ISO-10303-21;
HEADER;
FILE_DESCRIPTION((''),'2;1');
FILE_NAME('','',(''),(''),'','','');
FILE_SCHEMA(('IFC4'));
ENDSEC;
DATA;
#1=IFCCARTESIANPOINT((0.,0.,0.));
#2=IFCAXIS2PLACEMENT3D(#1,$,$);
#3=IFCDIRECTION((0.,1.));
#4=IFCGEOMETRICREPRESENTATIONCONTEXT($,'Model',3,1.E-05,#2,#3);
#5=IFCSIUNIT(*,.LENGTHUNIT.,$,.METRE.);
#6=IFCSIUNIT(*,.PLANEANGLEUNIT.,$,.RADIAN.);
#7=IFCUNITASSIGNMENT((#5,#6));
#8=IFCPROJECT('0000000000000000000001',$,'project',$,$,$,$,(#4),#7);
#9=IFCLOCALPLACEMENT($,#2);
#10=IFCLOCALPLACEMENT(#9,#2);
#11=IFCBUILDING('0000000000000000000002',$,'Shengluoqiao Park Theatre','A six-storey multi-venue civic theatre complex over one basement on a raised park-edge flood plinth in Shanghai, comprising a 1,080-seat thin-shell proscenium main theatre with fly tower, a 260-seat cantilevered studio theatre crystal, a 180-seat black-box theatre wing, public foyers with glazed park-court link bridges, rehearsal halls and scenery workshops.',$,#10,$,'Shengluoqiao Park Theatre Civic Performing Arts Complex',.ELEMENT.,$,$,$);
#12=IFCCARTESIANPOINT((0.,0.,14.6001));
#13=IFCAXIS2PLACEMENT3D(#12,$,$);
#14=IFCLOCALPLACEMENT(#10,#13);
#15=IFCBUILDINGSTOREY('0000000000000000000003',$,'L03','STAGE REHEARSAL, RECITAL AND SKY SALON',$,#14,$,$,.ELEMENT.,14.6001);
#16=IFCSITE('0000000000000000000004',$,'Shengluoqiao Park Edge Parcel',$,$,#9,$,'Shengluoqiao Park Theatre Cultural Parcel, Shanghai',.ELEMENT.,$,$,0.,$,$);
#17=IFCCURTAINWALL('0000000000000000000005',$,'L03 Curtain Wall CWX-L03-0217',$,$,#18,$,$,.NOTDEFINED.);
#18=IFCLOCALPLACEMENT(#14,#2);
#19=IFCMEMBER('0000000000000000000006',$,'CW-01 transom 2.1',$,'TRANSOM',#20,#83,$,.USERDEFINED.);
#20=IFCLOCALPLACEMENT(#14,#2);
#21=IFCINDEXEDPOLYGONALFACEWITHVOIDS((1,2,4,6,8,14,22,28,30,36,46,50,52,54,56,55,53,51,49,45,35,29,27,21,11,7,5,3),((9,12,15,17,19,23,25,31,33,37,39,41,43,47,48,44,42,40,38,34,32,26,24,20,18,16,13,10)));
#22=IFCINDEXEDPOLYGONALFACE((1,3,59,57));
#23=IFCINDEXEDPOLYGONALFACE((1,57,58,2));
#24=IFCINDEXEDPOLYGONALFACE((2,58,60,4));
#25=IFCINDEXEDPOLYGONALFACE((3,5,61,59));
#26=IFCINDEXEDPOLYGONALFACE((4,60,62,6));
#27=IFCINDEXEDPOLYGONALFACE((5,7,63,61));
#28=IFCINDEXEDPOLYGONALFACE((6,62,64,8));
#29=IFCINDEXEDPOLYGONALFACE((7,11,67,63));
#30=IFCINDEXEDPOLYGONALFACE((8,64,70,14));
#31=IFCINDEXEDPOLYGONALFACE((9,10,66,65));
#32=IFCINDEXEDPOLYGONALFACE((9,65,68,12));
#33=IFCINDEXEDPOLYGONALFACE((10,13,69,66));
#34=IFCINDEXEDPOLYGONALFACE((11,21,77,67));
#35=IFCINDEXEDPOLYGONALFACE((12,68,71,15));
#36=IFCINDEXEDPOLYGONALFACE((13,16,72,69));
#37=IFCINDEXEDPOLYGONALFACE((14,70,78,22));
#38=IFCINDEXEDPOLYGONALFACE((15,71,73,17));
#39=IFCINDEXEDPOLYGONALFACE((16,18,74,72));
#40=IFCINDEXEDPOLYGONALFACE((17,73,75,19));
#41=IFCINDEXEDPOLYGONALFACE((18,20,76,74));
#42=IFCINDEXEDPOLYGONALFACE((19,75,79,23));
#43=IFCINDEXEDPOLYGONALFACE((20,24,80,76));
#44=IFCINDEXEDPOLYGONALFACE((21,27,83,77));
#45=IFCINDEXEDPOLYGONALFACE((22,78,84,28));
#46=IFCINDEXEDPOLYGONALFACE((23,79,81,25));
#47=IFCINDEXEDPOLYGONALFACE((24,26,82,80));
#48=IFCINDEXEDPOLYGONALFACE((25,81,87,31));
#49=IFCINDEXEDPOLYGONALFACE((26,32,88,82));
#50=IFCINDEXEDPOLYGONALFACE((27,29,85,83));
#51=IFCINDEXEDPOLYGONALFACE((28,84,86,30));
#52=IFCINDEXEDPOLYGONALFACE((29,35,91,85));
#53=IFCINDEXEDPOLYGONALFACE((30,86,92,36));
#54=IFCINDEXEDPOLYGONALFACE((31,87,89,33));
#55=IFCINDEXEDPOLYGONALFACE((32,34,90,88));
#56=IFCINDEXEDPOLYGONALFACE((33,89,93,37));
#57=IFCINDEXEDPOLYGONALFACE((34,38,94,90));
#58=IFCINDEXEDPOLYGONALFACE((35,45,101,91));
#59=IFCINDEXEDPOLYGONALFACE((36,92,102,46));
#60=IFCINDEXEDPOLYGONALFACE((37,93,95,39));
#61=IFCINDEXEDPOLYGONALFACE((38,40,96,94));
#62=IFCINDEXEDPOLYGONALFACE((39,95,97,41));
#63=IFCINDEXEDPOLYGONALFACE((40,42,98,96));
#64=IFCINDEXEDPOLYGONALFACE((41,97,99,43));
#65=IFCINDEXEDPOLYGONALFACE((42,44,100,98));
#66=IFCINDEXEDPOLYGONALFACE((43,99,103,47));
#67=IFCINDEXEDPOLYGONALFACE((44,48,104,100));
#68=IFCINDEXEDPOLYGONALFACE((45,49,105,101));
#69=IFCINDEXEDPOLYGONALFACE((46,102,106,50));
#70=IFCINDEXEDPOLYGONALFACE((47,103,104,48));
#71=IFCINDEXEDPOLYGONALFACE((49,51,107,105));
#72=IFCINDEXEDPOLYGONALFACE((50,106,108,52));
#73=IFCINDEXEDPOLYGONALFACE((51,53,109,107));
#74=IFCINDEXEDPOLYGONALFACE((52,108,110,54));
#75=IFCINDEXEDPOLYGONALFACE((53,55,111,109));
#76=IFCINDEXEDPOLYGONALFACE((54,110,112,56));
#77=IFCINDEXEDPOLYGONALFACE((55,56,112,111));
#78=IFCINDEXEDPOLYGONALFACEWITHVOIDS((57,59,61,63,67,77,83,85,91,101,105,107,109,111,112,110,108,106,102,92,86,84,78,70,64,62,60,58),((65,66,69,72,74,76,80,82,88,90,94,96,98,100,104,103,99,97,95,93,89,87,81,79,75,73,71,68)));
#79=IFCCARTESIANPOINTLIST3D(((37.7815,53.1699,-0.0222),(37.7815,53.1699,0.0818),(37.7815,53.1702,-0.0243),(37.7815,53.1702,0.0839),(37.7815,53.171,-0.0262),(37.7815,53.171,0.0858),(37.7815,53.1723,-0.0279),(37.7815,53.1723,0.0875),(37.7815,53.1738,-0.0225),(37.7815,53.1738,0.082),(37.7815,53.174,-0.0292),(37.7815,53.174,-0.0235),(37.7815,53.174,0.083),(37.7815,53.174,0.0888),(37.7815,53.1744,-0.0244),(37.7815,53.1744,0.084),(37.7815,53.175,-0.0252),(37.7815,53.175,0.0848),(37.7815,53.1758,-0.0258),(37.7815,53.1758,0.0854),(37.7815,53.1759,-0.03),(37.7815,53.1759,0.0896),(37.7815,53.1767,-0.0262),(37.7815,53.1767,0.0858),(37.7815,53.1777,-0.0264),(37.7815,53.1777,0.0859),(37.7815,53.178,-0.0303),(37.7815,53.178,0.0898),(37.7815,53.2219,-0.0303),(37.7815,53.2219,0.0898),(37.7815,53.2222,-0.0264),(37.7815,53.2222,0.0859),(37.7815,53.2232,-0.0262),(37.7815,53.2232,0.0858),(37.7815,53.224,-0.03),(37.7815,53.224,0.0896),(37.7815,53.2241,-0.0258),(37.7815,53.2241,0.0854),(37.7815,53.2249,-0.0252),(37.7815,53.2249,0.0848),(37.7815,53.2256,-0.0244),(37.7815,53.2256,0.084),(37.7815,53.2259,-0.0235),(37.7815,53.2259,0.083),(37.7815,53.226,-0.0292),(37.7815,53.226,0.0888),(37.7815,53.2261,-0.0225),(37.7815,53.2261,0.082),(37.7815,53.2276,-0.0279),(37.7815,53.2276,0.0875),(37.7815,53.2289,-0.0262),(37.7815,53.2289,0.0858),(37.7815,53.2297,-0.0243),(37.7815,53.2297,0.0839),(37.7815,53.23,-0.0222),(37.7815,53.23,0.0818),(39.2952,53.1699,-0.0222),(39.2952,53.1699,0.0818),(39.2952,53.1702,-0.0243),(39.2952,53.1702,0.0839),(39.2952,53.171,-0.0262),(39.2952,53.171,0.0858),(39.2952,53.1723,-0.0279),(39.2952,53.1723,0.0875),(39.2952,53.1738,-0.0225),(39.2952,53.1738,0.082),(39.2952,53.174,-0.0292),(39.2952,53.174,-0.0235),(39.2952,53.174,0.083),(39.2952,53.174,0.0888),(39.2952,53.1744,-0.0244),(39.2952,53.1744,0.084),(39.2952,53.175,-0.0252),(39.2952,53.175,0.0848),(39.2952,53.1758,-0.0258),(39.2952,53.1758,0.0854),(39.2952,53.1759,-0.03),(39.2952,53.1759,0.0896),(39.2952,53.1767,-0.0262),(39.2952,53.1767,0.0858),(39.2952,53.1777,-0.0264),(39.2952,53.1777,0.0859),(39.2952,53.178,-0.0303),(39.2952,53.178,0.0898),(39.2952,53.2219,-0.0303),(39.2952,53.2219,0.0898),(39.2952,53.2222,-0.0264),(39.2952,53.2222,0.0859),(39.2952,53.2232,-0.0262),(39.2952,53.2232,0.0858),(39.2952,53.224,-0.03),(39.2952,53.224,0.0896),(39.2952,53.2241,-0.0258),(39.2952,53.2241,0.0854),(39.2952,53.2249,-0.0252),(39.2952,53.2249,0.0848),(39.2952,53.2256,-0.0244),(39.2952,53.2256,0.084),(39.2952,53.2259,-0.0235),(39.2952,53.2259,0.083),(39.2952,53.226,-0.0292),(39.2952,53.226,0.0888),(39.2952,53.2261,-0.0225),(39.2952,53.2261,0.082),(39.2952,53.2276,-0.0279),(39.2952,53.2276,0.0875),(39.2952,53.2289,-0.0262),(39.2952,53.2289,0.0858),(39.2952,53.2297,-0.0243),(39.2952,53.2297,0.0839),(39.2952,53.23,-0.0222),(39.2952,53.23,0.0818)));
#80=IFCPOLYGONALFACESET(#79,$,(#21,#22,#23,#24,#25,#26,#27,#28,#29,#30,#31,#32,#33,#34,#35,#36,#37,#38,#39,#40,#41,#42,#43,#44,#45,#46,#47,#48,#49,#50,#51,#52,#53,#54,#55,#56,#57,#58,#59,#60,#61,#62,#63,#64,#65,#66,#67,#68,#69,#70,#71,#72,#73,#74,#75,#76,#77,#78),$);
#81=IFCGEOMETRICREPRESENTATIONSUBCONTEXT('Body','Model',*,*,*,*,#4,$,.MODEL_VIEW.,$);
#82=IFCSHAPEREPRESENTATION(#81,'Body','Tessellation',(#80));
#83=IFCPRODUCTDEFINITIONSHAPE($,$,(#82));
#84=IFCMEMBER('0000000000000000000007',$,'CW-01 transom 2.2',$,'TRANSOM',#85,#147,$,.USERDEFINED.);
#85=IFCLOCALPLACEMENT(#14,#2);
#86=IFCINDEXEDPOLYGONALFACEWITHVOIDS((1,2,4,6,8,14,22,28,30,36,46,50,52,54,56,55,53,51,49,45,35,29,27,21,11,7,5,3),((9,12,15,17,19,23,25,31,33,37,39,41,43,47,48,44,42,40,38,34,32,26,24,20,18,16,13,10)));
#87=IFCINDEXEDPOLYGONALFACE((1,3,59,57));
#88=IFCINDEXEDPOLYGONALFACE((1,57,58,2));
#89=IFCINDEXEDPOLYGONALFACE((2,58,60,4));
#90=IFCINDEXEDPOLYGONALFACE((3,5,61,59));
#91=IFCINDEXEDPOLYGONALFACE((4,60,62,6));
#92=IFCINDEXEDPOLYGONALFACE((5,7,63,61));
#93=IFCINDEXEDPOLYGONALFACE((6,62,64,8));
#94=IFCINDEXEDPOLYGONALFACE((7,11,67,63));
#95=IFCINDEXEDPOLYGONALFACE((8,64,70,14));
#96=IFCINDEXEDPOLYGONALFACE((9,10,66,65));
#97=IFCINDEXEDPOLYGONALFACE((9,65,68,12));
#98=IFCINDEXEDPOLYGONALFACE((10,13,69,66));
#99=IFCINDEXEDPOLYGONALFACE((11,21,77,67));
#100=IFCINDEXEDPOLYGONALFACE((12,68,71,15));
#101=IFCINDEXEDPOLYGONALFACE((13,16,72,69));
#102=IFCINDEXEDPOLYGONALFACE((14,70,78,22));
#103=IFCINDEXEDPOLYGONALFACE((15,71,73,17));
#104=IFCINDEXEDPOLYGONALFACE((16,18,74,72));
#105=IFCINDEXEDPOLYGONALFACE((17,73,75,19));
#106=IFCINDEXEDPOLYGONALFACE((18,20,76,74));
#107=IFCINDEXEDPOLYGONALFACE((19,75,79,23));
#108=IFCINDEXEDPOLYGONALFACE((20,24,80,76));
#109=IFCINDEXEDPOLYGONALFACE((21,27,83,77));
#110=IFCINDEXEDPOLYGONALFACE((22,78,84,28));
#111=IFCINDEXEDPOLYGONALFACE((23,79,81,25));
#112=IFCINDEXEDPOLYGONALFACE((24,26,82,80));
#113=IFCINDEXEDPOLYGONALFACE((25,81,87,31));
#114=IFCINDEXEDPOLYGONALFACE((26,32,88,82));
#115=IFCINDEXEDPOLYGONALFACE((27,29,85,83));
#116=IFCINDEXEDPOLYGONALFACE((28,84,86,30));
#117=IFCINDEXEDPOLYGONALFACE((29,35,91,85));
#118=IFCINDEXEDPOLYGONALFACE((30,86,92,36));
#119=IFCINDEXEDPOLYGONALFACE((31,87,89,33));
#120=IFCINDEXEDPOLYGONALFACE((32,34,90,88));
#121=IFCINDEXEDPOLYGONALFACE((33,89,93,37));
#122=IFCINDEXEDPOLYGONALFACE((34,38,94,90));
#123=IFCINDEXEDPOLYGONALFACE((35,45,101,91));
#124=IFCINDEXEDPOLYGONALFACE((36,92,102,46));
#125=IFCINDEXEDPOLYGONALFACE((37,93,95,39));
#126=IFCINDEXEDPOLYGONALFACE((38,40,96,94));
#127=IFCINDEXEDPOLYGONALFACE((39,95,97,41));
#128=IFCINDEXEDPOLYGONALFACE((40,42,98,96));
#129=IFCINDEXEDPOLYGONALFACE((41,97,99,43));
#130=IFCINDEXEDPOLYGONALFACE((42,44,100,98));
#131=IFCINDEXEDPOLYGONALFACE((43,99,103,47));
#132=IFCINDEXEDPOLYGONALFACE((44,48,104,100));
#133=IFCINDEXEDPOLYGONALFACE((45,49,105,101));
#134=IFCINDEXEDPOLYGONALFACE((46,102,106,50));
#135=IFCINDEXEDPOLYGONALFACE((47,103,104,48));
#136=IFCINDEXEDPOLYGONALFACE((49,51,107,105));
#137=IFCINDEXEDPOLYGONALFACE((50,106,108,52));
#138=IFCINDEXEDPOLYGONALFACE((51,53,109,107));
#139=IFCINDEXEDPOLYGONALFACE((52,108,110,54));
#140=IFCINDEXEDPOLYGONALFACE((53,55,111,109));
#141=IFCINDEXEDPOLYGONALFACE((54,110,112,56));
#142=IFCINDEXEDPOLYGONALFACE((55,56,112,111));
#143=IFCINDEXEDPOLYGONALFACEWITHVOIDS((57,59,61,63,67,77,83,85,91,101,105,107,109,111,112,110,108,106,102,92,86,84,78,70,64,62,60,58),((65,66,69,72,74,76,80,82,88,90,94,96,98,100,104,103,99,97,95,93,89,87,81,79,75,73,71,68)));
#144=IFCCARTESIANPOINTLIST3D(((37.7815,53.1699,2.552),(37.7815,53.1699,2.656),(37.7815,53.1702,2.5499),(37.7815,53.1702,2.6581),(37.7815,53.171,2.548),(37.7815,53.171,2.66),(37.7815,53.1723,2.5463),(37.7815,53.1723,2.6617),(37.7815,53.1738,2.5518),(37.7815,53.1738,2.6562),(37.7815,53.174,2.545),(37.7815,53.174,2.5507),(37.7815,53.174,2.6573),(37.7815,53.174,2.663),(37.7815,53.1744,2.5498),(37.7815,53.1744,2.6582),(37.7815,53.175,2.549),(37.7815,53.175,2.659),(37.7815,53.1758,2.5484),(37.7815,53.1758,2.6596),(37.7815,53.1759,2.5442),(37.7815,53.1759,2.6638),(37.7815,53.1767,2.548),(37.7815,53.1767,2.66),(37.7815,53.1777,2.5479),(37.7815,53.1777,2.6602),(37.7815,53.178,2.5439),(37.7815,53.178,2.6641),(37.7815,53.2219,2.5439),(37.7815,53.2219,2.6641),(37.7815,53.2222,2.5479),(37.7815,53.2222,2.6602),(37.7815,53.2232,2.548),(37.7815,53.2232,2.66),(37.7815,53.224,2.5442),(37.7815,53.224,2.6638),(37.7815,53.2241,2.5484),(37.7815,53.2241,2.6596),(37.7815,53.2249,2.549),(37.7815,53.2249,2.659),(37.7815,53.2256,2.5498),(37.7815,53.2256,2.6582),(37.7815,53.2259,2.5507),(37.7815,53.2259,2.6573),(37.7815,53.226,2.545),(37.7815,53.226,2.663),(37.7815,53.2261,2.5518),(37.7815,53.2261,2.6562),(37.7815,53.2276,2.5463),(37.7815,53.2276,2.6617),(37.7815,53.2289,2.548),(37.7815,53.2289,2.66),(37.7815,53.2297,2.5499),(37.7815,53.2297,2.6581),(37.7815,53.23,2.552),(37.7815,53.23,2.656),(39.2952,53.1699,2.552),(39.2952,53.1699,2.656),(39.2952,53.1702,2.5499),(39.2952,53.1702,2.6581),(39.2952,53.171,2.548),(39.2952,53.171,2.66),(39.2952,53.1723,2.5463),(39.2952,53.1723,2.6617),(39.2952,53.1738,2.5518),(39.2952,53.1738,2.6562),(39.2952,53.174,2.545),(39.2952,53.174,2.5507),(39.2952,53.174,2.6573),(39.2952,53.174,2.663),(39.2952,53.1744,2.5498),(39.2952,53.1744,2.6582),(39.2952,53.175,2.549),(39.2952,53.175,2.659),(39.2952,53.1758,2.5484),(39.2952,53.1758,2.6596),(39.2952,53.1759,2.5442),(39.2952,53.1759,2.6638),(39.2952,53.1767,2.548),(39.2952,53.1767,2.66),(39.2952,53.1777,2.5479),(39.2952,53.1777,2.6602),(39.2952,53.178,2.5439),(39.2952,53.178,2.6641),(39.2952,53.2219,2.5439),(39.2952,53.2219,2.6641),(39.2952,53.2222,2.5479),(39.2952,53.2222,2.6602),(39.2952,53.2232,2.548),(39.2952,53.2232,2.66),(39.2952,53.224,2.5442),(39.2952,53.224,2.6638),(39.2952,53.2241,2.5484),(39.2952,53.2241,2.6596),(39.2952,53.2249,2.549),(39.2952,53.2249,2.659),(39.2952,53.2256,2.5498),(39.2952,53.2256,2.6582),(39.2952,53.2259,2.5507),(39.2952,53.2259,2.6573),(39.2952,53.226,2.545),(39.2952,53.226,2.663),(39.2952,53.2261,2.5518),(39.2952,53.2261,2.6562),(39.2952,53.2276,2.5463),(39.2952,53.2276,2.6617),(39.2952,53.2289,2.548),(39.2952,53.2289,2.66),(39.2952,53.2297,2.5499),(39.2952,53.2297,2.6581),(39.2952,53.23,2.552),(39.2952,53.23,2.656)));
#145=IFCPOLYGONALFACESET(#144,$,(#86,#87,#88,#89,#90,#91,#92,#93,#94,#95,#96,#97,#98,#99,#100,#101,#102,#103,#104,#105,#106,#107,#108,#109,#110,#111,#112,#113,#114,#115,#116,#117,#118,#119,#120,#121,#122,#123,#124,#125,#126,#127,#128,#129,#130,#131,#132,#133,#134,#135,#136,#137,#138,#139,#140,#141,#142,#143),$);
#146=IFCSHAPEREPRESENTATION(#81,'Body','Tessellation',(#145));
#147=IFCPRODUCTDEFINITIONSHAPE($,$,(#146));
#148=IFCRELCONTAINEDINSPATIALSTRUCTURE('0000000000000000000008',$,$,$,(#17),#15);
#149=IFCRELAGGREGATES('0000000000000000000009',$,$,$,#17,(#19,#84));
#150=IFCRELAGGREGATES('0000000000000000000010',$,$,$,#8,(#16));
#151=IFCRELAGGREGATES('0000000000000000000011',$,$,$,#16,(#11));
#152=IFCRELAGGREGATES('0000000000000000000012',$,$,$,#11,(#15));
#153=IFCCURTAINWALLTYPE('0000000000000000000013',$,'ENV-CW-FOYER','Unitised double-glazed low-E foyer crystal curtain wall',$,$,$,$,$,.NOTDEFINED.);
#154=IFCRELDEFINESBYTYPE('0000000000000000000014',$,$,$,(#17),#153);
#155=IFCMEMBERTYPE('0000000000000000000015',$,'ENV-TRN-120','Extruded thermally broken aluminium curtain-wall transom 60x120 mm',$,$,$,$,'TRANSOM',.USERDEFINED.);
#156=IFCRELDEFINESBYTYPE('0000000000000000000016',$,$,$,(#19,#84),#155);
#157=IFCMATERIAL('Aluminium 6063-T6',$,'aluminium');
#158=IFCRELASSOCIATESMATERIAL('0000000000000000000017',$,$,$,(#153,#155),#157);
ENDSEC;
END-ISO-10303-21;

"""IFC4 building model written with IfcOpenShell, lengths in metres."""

from ifc_helpers import new_model, si_unit, direction, frame, origin, origin_2d, place, context, subcontext, project, spatial, hollow_rectangle, extrude, material, material_profile, profile_set, type_object, element, aggregate, save


model = new_model("IFC4")

# Units and contexts
model_context = context("Model", 3, precision=1e-05, world=origin(), true_north=direction((0.0, 1.0)))
body_context = subcontext(model_context, "Body", "Model", "MODEL_VIEW")
ifc_project = project(units=[si_unit("LENGTHUNIT", "METRE"), si_unit("PLANEANGLEUNIT", "RADIAN")], contexts=[model_context])

# Site, building, storey
site_placement = place(None, origin())
site = spatial("IfcSite", under=ifc_project, at=site_placement, Name="Shengluoqiao Park Edge Parcel", LongName="Shengluoqiao Park Theatre Cultural Parcel, Shanghai", CompositionType="ELEMENT", RefElevation=0.0)
building_placement = place(site_placement, origin())
building = spatial("IfcBuilding", under=site, at=building_placement, Name="Shengluoqiao Park Theatre", Description="A six-storey multi-venue civic theatre complex over one basement on a raised park-edge flood plinth in Shanghai, comprising a 1,080-seat thin-shell proscenium main theatre with fly tower, a 260-seat cantilevered studio theatre crystal, a 180-seat black-box theatre wing, public foyers with glazed park-court link bridges, rehearsal halls and scenery workshops.", LongName="Shengluoqiao Park Theatre Civic Performing Arts Complex", CompositionType="ELEMENT")
storey_placement = place(building_placement, frame((0.0, 0.0, 14.6001)))
storey = spatial("IfcBuildingStorey", under=building, at=storey_placement, Name="L03", Description="STAGE REHEARSAL, RECITAL AND SKY SALON", CompositionType="ELEMENT", Elevation=14.6001)

# Shared definitions
ifc_material_1 = material(Name="Aluminium 6063-T6", Category="aluminium")

# Curtain wall
curtain_wall_type_1 = type_object("IfcCurtainWallType", Name="ENV-CW-FOYER", Description="Unitised double-glazed low-E foyer crystal curtain wall", PredefinedType="NOTDEFINED", material=ifc_material_1)
curtain_wall_1_placement = place(storey_placement, origin())
curtain_wall_1 = element("IfcCurtainWall", 1, at=curtain_wall_1_placement, inside=storey, type_object=curtain_wall_type_1, Name="L03 Curtain Wall CWX-L03-0217", PredefinedType="NOTDEFINED")

# Members
ifc_material_profile_1 = material_profile(ifc_material_1, hollow_rectangle(XDim=0.0601, YDim=0.1201, WallThickness=0.0039, InnerFilletRadius=0.0039, OuterFilletRadius=0.0081, at=origin_2d()), Name="ALU TRANSOM 120x60x4")
ifc_profile_set_1 = profile_set([ifc_material_profile_1], Name="Aluminium 6063-T6")
member_type_1 = type_object("IfcMemberType", Name="ENV-TRN-120", Description="Extruded thermally broken aluminium curtain-wall transom 60x120 mm", ElementType="TRANSOM", PredefinedType="USERDEFINED", material=ifc_profile_set_1)
member_1_placement = place(storey_placement, frame((37.7815, 53.2, 0.0298), z_axis=(1.0, 0.0, 0.0), x_axis=(0.0, 1.0, 0.0)))
member_1 = element("IfcMember", 2, at=member_1_placement, type_object=member_type_1, Name="CW-01 transom 2.1", ObjectType="TRANSOM", PredefinedType="USERDEFINED", context=body_context, shape_type="SweptSolid", body=[
    extrude(hollow_rectangle(XDim=0.0601, YDim=0.1201, WallThickness=0.0039, InnerFilletRadius=0.0039, OuterFilletRadius=0.0081, at=origin_2d()), origin(), (0.0, 0.0, 1.0), 1.5137),
])
member_2_placement = place(storey_placement, frame((37.7815, 53.2, 2.604), z_axis=(1.0, 0.0, 0.0), x_axis=(0.0, 1.0, 0.0)))
member_2 = element("IfcMember", 3, at=member_2_placement, type_object=member_type_1, Name="CW-01 transom 2.2", ObjectType="TRANSOM", PredefinedType="USERDEFINED", context=body_context, shape_type="SweptSolid", body=[
    extrude(hollow_rectangle(XDim=0.0601, YDim=0.1201, WallThickness=0.0039, InnerFilletRadius=0.0039, OuterFilletRadius=0.0081, at=origin_2d()), origin(), (0.0, 0.0, 1.0), 1.5137),
])

aggregate(curtain_wall_1, [member_1, member_2])

save(model, "model.ifc")
